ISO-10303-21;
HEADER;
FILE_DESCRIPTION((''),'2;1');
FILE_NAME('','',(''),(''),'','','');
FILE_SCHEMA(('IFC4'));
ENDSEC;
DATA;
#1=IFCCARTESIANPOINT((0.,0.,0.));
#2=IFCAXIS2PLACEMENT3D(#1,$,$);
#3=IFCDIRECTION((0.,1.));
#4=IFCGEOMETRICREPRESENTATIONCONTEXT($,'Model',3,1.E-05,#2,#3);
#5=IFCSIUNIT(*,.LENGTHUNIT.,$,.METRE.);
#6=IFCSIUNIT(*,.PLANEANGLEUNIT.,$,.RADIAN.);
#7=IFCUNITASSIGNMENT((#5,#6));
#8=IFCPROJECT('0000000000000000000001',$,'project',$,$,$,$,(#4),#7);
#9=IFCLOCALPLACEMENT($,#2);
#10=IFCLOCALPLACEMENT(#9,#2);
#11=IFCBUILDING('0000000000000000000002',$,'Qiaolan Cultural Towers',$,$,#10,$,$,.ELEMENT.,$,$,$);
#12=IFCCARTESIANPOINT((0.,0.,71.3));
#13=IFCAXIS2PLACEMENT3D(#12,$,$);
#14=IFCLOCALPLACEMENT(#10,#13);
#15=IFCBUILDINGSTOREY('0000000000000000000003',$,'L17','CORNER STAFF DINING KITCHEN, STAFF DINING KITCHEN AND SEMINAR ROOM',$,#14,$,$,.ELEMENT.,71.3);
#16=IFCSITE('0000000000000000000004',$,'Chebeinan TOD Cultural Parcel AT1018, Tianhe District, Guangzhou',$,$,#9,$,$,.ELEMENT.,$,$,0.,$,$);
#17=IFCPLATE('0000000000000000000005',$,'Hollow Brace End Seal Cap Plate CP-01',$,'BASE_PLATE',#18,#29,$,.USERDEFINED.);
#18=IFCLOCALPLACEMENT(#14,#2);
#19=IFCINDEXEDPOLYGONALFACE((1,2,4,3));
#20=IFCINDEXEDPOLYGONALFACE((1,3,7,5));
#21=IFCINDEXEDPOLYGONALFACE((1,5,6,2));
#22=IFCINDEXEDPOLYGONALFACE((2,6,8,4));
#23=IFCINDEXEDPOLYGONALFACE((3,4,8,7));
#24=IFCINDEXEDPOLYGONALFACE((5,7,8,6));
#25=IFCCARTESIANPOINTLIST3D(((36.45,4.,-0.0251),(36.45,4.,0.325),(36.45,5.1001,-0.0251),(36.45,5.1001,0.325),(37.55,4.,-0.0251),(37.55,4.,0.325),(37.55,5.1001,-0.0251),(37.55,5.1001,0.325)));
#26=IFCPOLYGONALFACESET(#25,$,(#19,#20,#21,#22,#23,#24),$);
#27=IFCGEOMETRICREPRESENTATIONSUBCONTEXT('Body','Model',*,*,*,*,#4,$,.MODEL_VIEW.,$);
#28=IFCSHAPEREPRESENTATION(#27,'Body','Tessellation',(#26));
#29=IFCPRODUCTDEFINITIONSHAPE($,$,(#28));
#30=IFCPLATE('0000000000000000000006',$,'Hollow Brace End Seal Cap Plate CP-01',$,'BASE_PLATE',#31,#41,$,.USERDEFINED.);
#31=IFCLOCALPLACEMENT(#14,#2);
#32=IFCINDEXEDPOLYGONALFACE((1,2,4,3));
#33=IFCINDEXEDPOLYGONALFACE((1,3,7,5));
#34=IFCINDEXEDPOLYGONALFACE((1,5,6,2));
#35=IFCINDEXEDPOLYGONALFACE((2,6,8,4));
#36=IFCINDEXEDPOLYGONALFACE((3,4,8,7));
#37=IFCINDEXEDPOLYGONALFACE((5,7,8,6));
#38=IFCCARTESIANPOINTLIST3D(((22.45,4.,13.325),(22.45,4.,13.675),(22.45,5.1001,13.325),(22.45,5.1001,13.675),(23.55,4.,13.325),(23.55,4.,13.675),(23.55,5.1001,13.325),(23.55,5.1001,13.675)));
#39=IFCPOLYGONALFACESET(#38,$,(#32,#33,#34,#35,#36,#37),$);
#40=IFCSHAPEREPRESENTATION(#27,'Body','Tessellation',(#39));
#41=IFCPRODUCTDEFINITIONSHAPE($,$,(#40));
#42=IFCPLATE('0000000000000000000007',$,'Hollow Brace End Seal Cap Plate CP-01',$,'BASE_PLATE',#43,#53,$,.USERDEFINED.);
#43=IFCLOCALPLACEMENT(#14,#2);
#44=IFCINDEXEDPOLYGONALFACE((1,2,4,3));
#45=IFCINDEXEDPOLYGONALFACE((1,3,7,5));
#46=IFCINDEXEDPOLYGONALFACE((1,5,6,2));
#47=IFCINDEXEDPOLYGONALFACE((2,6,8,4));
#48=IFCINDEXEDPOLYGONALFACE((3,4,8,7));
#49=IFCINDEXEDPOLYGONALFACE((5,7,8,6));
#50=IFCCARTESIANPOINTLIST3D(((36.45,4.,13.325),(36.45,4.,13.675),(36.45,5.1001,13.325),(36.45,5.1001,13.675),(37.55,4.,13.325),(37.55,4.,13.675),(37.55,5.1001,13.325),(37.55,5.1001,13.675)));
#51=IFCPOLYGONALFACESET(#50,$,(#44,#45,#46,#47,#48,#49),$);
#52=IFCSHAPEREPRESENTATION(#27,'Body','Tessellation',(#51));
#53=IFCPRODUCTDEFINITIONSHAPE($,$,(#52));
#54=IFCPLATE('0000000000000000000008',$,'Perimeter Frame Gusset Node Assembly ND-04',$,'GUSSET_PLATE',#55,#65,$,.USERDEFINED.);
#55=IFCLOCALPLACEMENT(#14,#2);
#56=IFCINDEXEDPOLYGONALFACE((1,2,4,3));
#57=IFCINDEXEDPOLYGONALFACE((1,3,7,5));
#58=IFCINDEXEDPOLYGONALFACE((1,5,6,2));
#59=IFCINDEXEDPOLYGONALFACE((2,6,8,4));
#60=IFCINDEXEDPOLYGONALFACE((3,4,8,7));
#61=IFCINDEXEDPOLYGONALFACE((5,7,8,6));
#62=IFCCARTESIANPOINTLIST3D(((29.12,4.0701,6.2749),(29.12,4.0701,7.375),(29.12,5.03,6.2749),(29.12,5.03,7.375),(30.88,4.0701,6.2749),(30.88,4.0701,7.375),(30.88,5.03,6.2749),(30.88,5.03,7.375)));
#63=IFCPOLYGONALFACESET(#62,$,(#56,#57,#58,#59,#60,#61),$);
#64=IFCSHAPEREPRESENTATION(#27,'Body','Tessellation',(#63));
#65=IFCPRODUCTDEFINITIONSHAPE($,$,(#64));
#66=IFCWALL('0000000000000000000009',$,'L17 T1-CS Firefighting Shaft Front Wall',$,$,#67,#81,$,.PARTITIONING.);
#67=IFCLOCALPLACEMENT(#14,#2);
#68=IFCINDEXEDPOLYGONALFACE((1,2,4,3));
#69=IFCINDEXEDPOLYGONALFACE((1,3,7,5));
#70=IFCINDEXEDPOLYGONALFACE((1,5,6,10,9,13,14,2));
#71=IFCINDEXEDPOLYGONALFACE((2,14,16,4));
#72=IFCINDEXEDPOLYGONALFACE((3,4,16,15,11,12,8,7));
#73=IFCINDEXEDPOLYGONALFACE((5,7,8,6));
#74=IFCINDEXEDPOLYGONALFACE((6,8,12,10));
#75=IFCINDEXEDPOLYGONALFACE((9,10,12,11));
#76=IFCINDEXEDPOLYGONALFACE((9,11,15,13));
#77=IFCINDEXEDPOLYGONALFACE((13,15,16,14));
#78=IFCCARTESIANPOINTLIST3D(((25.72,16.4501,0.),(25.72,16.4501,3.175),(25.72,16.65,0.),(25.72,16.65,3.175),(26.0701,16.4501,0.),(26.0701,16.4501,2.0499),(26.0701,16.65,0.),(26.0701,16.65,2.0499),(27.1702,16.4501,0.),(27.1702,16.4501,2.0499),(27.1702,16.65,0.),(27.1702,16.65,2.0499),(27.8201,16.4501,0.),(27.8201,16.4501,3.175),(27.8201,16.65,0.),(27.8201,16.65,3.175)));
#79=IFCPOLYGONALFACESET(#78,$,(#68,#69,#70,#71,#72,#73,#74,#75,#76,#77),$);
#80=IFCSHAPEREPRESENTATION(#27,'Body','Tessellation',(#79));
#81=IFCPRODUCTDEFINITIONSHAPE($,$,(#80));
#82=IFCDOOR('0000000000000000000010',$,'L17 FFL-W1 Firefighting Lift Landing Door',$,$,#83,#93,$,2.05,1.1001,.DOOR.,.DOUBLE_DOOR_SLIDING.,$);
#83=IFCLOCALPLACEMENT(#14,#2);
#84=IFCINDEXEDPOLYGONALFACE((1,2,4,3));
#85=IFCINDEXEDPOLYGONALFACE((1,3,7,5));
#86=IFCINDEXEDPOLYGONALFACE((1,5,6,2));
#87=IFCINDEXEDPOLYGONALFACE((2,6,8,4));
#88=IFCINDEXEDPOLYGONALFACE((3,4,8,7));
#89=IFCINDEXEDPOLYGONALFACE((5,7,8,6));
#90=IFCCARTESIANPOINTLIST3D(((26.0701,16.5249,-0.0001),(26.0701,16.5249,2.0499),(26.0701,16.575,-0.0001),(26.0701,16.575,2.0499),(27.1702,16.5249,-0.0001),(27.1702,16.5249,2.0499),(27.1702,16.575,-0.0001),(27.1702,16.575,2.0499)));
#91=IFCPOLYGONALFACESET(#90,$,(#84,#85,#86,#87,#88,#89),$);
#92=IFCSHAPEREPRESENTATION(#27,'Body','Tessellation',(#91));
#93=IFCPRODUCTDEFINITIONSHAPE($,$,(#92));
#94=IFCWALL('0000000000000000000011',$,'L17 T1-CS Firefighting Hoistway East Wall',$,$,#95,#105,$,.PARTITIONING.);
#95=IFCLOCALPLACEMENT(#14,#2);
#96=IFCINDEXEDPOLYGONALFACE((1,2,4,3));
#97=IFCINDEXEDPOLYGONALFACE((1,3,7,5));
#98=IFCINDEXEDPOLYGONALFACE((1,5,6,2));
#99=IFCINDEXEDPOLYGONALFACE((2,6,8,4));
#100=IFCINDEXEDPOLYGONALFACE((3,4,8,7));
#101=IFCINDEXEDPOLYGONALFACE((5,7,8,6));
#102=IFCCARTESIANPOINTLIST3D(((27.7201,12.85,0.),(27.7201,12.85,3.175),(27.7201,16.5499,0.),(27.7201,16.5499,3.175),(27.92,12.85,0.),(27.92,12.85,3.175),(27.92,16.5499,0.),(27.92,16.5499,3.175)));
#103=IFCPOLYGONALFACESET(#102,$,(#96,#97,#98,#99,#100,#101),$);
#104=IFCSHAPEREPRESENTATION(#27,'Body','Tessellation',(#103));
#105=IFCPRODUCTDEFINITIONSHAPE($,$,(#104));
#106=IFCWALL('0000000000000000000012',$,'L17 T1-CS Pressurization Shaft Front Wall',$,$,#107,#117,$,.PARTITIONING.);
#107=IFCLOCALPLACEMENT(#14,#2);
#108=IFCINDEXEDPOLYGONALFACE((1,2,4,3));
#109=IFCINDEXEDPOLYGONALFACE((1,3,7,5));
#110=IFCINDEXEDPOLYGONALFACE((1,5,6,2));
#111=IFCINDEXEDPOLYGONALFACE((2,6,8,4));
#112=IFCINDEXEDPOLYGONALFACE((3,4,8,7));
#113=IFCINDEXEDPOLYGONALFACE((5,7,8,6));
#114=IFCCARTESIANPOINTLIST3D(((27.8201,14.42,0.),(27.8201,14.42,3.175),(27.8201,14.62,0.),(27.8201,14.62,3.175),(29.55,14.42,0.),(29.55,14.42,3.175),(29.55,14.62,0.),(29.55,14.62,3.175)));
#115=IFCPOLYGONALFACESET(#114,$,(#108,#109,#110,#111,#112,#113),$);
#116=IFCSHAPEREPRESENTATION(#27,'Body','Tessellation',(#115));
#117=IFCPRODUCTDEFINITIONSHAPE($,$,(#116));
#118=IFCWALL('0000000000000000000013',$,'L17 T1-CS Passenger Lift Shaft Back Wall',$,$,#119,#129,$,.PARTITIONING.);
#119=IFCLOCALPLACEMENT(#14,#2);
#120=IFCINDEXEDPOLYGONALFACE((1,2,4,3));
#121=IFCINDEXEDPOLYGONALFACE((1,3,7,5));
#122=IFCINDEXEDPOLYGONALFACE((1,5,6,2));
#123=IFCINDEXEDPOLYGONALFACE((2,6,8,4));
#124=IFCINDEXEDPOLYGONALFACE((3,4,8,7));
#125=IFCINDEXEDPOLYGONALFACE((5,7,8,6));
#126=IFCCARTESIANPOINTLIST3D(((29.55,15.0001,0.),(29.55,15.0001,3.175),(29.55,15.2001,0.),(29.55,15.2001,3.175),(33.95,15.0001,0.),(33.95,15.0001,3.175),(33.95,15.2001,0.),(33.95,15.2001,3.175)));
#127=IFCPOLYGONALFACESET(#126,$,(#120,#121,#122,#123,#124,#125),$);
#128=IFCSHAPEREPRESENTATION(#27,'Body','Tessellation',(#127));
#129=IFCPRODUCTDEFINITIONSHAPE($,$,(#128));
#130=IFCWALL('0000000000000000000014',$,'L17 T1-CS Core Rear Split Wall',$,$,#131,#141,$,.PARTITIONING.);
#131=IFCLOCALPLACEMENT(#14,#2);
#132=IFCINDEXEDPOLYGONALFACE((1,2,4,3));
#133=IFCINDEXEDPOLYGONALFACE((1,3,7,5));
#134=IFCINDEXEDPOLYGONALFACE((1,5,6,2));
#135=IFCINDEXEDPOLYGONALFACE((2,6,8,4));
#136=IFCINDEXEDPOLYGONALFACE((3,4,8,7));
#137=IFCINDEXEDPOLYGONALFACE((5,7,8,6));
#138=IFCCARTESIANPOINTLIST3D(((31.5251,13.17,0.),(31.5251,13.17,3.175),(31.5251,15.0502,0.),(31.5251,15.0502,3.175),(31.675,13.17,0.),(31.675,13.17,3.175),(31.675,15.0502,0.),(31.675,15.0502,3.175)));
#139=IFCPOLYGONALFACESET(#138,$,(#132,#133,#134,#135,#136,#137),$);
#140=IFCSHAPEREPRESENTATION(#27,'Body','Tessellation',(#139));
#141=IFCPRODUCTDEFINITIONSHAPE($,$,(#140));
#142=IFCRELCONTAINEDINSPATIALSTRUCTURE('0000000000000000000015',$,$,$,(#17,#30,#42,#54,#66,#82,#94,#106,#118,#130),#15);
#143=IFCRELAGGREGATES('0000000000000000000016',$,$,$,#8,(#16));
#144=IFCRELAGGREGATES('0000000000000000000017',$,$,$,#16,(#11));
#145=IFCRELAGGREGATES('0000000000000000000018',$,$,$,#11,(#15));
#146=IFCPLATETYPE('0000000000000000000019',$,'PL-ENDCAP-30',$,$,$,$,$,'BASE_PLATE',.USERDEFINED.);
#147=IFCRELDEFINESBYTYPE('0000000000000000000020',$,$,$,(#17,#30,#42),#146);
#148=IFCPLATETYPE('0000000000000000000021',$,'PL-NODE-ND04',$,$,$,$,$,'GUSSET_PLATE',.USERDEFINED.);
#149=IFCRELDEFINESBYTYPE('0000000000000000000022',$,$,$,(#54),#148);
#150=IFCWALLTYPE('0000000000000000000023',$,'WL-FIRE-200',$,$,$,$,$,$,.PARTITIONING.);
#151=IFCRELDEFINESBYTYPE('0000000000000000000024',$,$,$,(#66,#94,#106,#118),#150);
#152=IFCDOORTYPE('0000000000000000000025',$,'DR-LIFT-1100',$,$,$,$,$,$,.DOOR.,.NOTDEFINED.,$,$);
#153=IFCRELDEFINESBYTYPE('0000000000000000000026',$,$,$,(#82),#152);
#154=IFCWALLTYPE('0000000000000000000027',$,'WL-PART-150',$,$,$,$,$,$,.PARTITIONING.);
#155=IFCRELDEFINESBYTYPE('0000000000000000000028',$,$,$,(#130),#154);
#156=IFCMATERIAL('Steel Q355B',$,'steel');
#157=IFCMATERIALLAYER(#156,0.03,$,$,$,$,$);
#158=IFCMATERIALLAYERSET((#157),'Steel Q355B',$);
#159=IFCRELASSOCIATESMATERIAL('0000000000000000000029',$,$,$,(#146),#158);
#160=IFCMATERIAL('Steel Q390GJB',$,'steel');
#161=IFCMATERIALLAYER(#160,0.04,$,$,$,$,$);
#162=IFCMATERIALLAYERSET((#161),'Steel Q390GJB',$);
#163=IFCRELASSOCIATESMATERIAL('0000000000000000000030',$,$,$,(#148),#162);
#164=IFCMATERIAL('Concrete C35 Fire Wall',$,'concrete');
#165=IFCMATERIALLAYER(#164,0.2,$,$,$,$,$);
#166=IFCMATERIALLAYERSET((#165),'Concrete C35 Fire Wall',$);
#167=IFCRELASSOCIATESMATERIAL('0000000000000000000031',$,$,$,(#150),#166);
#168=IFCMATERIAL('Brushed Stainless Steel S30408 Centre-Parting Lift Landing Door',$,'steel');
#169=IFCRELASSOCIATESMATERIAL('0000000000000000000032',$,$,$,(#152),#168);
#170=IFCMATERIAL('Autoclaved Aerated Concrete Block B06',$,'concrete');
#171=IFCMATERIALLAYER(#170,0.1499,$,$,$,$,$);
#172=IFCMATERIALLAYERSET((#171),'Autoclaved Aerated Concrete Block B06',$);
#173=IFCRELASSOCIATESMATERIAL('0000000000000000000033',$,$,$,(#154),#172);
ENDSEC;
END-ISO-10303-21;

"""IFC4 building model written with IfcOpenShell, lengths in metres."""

from ifc_helpers import new_model, si_unit, direction, frame, frame_2d, origin, origin_2d, place, context, subcontext, project, spatial, rectangle, extrude, material, layer, layer_set, type_object, element, fill, save


model = new_model("IFC4")

# Units and contexts
model_context = context("Model", 3, precision=1e-05, world=origin(), true_north=direction((0.0, 1.0)))
body_context = subcontext(model_context, "Body", "Model", "MODEL_VIEW")
ifc_project = project(units=[si_unit("LENGTHUNIT", "METRE"), si_unit("PLANEANGLEUNIT", "RADIAN")], contexts=[model_context])

# Site, building, storey
site_placement = place(None, origin())
site = spatial("IfcSite", under=ifc_project, at=site_placement, Name="Chebeinan TOD Cultural Parcel AT1018, Tianhe District, Guangzhou", CompositionType="ELEMENT", RefElevation=0.0)
building_placement = place(site_placement, origin())
building = spatial("IfcBuilding", under=site, at=building_placement, Name="Qiaolan Cultural Towers", CompositionType="ELEMENT")
storey_placement = place(building_placement, frame((0.0, 0.0, 71.3)))
storey = spatial("IfcBuildingStorey", under=building, at=storey_placement, Name="L17", Description="CORNER STAFF DINING KITCHEN, STAFF DINING KITCHEN AND SEMINAR ROOM", CompositionType="ELEMENT", Elevation=71.3)

# Plates
ifc_material_1 = material(Name="Steel Q355B", Category="steel")
ifc_layer_1 = layer(ifc_material_1, 0.03)
ifc_layer_set_1 = layer_set([ifc_layer_1], Name="Steel Q355B")
plate_type_1 = type_object("IfcPlateType", Name="PL-ENDCAP-30", ElementType="BASE_PLATE", PredefinedType="USERDEFINED", material=ifc_layer_set_1)
for number, where, z_axis, x_axis, name in (
    (1, (37.0, 4.55, -0.0251), (0.0, 0.0, 1.0), (1.0, 0.0, 0.0), "Hollow Brace End Seal Cap Plate CP-01"),
    (2, (23.0, 4.55, 13.325), (0.0, 0.0, 1.0), (1.0, 0.0, 0.0), "Hollow Brace End Seal Cap Plate CP-01"),
    (3, (37.0, 4.55, 13.325), (0.0, 0.0, 1.0), (1.0, 0.0, 0.0), "Hollow Brace End Seal Cap Plate CP-01"),
):
    element("IfcPlate", number, at=place(storey_placement, frame(where, z_axis=z_axis, x_axis=x_axis)), inside=storey, type_object=plate_type_1, Name=name, ObjectType="BASE_PLATE", PredefinedType="USERDEFINED", context=body_context, shape_type="SweptSolid", body=[
        extrude(rectangle(XDim=1.1001, YDim=1.1001, at=origin_2d()), origin(), (0.0, 0.0, 1.0), 0.3501),
    ])
ifc_material_2 = material(Name="Steel Q390GJB", Category="steel")
ifc_layer_2 = layer(ifc_material_2, 0.04)
ifc_layer_set_2 = layer_set([ifc_layer_2], Name="Steel Q390GJB")
plate_type_2 = type_object("IfcPlateType", Name="PL-NODE-ND04", ElementType="GUSSET_PLATE", PredefinedType="USERDEFINED", material=ifc_layer_set_2)
plate_placement = place(storey_placement, frame((30.0, 4.55, 6.2749), z_axis=(0.0, 0.0, 1.0), x_axis=(1.0, 0.0, 0.0)))
element("IfcPlate", 4, at=plate_placement, inside=storey, type_object=plate_type_2, Name="Perimeter Frame Gusset Node Assembly ND-04", ObjectType="GUSSET_PLATE", PredefinedType="USERDEFINED", context=body_context, shape_type="SweptSolid", body=[
    extrude(rectangle(XDim=1.76, YDim=0.96, at=origin_2d()), origin(), (0.0, 0.0, 1.0), 1.1001),
])

# Wall, opening, door
ifc_material_3 = material(Name="Concrete C35 Fire Wall", Category="concrete")
ifc_layer_3 = layer(ifc_material_3, 0.2)
ifc_layer_set_3 = layer_set([ifc_layer_3], Name="Concrete C35 Fire Wall")
wall_type_1 = type_object("IfcWallType", Name="WL-FIRE-200", PredefinedType="PARTITIONING", material=ifc_layer_set_3)
wall_1_placement = place(storey_placement, frame((25.72, 16.55, 0.0), z_axis=(0.0, 0.0, 1.0), x_axis=(1.0, 0.0, 0.0)))
wall_1 = element("IfcWall", 5, at=wall_1_placement, inside=storey, type_object=wall_type_1, Name="L17 T1-CS Firefighting Shaft Front Wall", PredefinedType="PARTITIONING", context=body_context, shape_type="SweptSolid", body=[
    extrude(rectangle(XDim=2.1001, YDim=0.2, at=frame_2d((1.05, 0.0))), origin(), (0.0, 0.0, 1.0), 3.175),
])
opening_placement = place(wall_1_placement, frame((0.3501, 0.0, 0.0)))
opening = element("IfcOpeningElement", 6, at=opening_placement, cuts=wall_1, PredefinedType="OPENING", context=body_context, shape_type="SweptSolid", body=[
    extrude(rectangle(XDim=1.1001, YDim=2.05, at=frame_2d((0.55, 1.0249))), frame((0.0, 0.1099, 0.0), z_axis=(0.0, -1.0, 0.0), x_axis=(1.0, 0.0, 0.0)), (0.0, 0.0, 1.0), 0.22),
])
ifc_material_4 = material(Name="Brushed Stainless Steel S30408 Centre-Parting Lift Landing Door", Category="steel")
door_type = type_object("IfcDoorType", Name="DR-LIFT-1100", OperationType="NOTDEFINED", PredefinedType="DOOR", material=ifc_material_4)
door_placement = place(opening_placement, origin())
door = element("IfcDoor", 7, at=door_placement, inside=storey, type_object=door_type, Name="L17 FFL-W1 Firefighting Lift Landing Door", OperationType="DOUBLE_DOOR_SLIDING", OverallHeight=2.05, OverallWidth=1.1001, PredefinedType="DOOR", context=body_context, shape_type="SweptSolid", body=[
    extrude(rectangle(XDim=1.1001, YDim=2.05, at=frame_2d((0.55, 1.0249))), frame((0.0, 0.0249, 0.0), z_axis=(0.0, -1.0, 0.0), x_axis=(1.0, 0.0, 0.0)), (0.0, 0.0, 1.0), 0.05),
])
fill(opening, door)

# Walls
wall_2_placement = place(storey_placement, frame((27.8201, 16.55, 0.0), z_axis=(0.0, 0.0, 1.0), x_axis=(0.0, -1.0, 0.0)))
element("IfcWall", 8, at=wall_2_placement, inside=storey, type_object=wall_type_1, Name="L17 T1-CS Firefighting Hoistway East Wall", PredefinedType="PARTITIONING", context=body_context, shape_type="SweptSolid", body=[
    extrude(rectangle(XDim=3.7, YDim=0.2, at=frame_2d((1.8501, 0.0))), origin(), (0.0, 0.0, 1.0), 3.175),
])
wall_3_placement = place(storey_placement, frame((27.8201, 14.52, 0.0), z_axis=(0.0, 0.0, 1.0), x_axis=(1.0, 0.0, 0.0)))
element("IfcWall", 9, at=wall_3_placement, inside=storey, type_object=wall_type_1, Name="L17 T1-CS Pressurization Shaft Front Wall", PredefinedType="PARTITIONING", context=body_context, shape_type="SweptSolid", body=[
    extrude(rectangle(XDim=1.73, YDim=0.2, at=frame_2d((0.865, 0.0))), origin(), (0.0, 0.0, 1.0), 3.175),
])
wall_4_placement = place(storey_placement, frame((29.55, 15.1001, 0.0), z_axis=(0.0, 0.0, 1.0), x_axis=(1.0, 0.0, 0.0)))
element("IfcWall", 10, at=wall_4_placement, inside=storey, type_object=wall_type_1, Name="L17 T1-CS Passenger Lift Shaft Back Wall", PredefinedType="PARTITIONING", context=body_context, shape_type="SweptSolid", body=[
    extrude(rectangle(XDim=4.3999, YDim=0.2, at=frame_2d((2.2, 0.0))), origin(), (0.0, 0.0, 1.0), 3.175),
])
ifc_material_5 = material(Name="Autoclaved Aerated Concrete Block B06", Category="concrete")
ifc_layer_4 = layer(ifc_material_5, 0.1499)
ifc_layer_set_4 = layer_set([ifc_layer_4], Name="Autoclaved Aerated Concrete Block B06")
wall_type_2 = type_object("IfcWallType", Name="WL-PART-150", PredefinedType="PARTITIONING", material=ifc_layer_set_4)
wall_5_placement = place(storey_placement, frame((31.6001, 15.05, 0.0), z_axis=(0.0, 0.0, 1.0), x_axis=(0.0, -1.0, 0.0)))
element("IfcWall", 11, at=wall_5_placement, inside=storey, type_object=wall_type_2, Name="L17 T1-CS Core Rear Split Wall", PredefinedType="PARTITIONING", context=body_context, shape_type="SweptSolid", body=[
    extrude(rectangle(XDim=1.8801, YDim=0.1499, at=frame_2d((0.9399, 0.0))), origin(), (0.0, 0.0, 1.0), 3.175),
])

save(model, "model.ifc")
